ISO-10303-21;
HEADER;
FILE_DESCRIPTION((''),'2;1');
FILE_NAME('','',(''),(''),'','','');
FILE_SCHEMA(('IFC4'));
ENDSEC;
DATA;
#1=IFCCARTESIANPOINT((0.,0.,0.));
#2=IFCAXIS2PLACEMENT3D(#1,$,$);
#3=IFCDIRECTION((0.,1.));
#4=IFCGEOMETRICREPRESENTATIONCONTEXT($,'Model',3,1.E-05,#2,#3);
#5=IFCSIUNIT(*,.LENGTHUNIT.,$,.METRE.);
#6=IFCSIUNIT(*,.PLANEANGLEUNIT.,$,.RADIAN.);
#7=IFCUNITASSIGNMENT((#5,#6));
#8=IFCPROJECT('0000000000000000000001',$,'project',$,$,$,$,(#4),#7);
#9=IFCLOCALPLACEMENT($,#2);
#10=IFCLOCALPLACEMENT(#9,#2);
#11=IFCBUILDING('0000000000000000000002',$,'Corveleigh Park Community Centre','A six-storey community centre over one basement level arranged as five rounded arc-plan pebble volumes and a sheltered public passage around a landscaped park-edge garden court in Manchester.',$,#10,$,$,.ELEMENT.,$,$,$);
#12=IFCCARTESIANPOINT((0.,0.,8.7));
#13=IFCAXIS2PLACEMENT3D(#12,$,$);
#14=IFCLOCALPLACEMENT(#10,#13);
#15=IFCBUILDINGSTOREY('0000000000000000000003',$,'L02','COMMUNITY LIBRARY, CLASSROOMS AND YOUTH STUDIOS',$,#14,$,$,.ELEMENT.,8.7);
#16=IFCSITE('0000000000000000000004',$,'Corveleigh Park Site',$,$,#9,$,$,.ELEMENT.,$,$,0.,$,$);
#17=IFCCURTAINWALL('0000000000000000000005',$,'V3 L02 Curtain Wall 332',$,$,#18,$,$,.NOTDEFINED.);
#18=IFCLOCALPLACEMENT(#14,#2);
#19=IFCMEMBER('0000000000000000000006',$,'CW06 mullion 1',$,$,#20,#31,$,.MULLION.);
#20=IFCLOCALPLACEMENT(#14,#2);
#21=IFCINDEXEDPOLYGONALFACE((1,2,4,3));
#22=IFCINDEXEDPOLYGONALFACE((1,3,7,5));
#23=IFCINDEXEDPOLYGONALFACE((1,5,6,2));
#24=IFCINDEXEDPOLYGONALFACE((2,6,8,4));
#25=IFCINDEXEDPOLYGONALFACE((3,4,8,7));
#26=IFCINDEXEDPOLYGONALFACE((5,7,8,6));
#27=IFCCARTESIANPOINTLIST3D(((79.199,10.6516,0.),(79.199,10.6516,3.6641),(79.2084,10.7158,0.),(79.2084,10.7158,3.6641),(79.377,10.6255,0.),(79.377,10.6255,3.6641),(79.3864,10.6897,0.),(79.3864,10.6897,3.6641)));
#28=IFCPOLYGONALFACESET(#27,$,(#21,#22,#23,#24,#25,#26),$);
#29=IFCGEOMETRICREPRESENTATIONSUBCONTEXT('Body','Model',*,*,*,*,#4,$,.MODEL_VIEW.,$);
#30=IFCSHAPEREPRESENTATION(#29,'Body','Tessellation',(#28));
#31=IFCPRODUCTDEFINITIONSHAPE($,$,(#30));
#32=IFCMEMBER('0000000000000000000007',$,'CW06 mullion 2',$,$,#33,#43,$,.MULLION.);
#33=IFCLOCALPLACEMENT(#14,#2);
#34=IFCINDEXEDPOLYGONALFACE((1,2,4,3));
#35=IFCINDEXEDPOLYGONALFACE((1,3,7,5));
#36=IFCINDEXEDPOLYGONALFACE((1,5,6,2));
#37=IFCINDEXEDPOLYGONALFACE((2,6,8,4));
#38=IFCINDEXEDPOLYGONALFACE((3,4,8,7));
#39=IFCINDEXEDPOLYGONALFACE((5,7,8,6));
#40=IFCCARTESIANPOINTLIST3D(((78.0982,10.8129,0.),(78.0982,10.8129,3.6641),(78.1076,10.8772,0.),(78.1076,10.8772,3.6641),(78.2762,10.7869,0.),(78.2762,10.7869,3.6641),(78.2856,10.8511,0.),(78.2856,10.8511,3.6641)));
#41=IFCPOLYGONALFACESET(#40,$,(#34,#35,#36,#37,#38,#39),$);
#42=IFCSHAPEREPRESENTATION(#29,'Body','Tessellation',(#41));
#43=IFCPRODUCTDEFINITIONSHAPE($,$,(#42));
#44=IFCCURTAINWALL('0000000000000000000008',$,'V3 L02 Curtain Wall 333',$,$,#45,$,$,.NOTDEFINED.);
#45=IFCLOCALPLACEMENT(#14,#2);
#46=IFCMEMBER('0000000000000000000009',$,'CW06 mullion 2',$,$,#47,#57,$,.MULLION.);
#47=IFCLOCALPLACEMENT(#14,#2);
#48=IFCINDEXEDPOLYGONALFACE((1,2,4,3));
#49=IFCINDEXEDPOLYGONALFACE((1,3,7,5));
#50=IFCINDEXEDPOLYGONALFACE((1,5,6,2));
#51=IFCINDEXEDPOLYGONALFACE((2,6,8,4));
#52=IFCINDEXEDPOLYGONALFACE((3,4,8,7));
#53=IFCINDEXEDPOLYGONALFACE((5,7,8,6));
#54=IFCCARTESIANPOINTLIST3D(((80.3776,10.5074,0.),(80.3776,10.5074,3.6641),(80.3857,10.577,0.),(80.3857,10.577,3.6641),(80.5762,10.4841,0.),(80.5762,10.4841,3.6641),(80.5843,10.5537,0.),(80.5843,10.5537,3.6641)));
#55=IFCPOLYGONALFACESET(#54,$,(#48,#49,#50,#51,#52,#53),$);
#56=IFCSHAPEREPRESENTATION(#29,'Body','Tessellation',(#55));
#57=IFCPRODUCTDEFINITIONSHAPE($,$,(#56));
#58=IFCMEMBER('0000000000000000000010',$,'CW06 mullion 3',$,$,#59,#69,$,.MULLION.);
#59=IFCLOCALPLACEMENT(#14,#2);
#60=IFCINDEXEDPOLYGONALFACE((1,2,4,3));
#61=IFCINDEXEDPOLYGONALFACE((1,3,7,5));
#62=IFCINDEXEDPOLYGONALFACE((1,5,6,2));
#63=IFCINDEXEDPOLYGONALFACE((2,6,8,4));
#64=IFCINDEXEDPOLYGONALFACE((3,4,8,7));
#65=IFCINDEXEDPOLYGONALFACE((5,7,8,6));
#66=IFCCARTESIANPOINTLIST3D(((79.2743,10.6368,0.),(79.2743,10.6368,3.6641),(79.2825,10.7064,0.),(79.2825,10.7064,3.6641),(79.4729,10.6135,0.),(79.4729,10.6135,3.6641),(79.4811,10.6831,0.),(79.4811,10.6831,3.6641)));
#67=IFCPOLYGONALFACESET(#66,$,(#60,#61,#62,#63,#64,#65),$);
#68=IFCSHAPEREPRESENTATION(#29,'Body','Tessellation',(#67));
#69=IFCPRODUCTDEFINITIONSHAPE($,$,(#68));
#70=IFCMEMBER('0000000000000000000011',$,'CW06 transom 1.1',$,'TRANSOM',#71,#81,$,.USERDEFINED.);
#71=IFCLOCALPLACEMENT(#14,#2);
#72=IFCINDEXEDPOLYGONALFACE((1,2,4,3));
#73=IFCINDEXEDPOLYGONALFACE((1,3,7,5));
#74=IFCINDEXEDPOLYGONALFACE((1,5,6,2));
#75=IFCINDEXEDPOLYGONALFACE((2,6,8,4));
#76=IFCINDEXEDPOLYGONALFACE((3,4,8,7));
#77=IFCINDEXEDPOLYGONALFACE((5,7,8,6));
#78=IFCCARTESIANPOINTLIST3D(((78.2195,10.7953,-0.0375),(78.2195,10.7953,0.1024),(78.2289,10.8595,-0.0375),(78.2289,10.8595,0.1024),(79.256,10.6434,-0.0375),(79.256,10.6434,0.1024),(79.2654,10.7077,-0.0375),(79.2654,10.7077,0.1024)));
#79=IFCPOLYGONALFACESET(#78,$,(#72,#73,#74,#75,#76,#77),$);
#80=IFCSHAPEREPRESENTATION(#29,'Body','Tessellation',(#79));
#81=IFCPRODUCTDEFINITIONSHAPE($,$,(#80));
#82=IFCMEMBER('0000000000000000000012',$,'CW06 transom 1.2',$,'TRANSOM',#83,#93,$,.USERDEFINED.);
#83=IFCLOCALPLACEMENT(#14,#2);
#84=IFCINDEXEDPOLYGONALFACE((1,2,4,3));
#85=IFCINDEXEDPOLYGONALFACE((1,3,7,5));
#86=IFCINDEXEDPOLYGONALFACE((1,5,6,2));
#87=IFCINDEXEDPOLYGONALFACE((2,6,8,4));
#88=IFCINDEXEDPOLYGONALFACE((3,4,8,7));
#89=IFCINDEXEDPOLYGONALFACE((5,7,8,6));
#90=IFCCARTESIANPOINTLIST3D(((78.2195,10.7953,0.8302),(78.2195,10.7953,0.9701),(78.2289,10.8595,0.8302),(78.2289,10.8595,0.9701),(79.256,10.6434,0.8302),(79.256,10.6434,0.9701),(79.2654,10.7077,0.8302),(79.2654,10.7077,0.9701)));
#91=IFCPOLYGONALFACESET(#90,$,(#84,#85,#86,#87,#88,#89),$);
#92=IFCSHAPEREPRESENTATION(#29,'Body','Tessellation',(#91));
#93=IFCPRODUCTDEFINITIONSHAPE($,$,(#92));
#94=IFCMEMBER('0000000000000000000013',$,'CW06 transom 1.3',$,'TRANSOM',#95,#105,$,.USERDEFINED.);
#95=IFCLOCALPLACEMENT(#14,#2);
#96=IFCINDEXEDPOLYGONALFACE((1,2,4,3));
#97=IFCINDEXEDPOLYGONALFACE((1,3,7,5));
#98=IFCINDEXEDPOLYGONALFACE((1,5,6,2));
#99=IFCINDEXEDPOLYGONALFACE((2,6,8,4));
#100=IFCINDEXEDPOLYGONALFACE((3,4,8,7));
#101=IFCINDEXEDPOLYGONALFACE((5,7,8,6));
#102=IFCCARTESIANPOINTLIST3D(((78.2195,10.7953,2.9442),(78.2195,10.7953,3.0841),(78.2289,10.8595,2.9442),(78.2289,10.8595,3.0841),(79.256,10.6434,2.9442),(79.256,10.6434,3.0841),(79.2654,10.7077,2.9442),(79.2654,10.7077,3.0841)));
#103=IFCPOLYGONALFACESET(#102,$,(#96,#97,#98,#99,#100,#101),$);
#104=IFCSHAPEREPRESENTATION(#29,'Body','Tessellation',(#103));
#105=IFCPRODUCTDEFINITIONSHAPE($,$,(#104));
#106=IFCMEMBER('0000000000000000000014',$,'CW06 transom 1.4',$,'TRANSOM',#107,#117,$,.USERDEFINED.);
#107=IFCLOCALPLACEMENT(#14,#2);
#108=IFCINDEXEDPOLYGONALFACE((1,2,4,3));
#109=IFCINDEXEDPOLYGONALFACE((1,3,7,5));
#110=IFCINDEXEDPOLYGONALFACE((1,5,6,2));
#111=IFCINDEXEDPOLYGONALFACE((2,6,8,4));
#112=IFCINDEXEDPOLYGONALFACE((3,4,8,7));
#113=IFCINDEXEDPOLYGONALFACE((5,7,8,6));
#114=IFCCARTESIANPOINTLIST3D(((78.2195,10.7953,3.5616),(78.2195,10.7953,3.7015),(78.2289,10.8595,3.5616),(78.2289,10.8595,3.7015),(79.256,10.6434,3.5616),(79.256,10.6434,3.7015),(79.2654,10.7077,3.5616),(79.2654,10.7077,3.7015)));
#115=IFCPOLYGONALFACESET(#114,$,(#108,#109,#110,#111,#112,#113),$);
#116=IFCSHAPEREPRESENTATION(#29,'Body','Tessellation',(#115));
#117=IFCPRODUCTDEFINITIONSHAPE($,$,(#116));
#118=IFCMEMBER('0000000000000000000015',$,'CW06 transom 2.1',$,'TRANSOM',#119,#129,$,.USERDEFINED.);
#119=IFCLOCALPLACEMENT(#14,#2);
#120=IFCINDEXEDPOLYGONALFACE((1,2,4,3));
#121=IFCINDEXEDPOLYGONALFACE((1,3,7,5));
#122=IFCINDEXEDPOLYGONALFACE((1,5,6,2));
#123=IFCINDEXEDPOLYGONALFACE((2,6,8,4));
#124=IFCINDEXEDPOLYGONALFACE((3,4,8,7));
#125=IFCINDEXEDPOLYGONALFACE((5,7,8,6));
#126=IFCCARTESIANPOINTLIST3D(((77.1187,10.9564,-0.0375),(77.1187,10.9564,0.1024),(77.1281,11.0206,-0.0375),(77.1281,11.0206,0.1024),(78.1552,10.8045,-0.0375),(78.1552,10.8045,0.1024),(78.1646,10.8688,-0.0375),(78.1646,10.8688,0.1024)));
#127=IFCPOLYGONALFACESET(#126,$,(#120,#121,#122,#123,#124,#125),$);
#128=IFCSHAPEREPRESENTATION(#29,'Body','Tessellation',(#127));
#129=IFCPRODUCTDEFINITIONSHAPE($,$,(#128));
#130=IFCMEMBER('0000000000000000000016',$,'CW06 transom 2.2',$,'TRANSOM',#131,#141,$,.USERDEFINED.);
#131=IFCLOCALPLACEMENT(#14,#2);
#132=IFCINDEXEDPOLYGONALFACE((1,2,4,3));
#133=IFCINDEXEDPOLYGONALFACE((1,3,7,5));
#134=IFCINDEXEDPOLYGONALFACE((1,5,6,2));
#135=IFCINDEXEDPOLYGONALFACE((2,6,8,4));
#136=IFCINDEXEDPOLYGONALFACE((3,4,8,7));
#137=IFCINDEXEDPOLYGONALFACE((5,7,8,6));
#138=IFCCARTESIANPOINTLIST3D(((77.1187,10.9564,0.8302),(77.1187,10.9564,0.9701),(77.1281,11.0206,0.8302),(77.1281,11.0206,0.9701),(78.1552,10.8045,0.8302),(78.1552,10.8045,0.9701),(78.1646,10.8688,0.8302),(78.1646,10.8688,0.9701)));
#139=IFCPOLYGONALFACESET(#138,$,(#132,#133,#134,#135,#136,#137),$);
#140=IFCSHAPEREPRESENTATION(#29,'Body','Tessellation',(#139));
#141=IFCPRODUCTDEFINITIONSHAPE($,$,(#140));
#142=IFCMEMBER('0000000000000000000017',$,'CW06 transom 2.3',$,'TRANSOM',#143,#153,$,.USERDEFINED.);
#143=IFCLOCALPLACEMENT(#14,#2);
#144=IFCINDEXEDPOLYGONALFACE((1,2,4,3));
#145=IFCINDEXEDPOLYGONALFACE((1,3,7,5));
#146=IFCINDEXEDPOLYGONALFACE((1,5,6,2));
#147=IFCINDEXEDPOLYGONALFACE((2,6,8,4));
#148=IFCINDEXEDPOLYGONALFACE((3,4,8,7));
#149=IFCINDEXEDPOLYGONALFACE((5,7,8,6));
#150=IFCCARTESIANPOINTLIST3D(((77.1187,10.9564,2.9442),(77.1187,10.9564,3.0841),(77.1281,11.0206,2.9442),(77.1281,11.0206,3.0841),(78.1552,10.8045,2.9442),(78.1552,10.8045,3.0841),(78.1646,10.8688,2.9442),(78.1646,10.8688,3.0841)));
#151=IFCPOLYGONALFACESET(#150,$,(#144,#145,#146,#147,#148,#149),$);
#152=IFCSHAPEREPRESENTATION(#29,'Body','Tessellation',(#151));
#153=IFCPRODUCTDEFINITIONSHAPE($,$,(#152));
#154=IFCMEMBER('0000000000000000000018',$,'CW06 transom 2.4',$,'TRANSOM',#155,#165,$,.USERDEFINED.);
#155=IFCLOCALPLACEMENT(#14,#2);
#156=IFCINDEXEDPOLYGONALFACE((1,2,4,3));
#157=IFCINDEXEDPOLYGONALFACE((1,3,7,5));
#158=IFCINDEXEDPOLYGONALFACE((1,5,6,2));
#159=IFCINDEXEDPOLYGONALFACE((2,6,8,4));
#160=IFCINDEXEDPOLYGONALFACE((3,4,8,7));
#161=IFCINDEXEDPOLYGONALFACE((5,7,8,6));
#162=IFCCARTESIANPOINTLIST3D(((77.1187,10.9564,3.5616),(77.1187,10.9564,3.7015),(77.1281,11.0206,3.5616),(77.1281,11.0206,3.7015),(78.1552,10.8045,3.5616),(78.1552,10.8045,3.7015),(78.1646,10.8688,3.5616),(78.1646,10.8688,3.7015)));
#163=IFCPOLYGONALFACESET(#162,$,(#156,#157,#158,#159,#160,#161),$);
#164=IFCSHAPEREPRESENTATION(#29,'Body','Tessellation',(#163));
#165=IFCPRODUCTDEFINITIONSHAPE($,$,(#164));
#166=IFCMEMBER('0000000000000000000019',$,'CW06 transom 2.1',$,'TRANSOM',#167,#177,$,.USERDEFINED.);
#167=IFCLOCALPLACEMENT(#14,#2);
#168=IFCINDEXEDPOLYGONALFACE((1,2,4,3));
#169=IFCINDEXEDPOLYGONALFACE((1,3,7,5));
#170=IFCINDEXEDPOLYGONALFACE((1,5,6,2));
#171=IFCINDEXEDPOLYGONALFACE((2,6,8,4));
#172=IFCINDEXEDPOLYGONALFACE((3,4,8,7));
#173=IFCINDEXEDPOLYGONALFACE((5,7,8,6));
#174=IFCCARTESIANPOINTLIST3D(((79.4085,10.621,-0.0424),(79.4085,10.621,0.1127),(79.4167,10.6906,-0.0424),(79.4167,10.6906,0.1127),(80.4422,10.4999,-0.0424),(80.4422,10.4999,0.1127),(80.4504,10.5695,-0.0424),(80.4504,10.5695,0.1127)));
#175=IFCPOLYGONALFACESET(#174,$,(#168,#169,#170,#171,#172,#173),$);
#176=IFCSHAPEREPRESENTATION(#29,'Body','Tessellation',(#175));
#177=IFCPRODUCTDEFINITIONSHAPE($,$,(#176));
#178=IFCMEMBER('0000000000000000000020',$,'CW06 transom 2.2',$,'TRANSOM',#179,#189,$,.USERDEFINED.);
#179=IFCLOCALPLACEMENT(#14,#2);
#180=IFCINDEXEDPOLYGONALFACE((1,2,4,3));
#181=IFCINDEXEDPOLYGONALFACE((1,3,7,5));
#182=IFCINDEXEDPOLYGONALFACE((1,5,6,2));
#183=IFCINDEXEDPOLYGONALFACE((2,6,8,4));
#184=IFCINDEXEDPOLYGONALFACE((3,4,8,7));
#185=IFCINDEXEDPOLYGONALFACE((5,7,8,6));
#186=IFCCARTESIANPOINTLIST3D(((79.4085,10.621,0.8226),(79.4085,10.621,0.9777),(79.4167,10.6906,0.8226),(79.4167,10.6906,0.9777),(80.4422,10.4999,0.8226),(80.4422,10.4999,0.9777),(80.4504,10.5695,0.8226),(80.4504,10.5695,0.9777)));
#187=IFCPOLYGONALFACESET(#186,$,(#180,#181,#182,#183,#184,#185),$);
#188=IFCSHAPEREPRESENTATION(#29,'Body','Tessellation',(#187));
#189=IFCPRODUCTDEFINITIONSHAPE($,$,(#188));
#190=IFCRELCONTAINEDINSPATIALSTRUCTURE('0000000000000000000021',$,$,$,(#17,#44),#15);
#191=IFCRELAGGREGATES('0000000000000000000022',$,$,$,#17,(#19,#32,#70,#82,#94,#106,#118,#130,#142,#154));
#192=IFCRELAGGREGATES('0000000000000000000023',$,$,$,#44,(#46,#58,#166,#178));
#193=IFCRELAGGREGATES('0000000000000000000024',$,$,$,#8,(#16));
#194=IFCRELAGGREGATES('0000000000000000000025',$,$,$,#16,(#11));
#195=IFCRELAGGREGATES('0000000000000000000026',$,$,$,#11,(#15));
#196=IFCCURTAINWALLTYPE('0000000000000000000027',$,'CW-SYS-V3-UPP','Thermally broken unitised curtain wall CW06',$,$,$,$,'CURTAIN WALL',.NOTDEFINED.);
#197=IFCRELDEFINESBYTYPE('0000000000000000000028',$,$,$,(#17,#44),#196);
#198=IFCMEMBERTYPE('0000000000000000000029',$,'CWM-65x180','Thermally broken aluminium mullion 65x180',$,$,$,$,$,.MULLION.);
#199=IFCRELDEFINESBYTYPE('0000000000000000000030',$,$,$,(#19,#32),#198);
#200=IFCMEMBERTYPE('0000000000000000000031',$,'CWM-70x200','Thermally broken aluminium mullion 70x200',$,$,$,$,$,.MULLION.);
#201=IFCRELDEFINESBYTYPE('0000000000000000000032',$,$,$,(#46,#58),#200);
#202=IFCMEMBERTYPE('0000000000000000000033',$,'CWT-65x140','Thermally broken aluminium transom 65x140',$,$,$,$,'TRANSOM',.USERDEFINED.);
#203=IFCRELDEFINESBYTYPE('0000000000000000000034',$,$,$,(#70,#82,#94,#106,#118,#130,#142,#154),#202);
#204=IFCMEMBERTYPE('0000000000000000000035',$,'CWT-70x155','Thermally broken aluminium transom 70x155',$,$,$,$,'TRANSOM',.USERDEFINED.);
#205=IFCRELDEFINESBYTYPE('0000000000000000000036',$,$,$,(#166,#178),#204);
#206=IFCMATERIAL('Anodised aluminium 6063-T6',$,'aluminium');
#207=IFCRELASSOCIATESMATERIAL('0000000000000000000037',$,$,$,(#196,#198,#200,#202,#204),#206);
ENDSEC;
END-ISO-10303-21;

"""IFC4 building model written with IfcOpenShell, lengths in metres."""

from ifc_helpers import new_model, si_unit, direction, frame, origin, origin_2d, place, context, subcontext, project, spatial, rectangle, extrude, material, material_profile, profile_set, type_object, element, aggregate, save


model = new_model("IFC4")

# Units and contexts
model_context = context("Model", 3, precision=1e-05, world=origin(), true_north=direction((0.0, 1.0)))
body_context = subcontext(model_context, "Body", "Model", "MODEL_VIEW")
ifc_project = project(units=[si_unit("LENGTHUNIT", "METRE"), si_unit("PLANEANGLEUNIT", "RADIAN")], contexts=[model_context])

# Site, building, storey
site_placement = place(None, origin())
site = spatial("IfcSite", under=ifc_project, at=site_placement, Name="Corveleigh Park Site", CompositionType="ELEMENT", RefElevation=0.0)
building_placement = place(site_placement, origin())
building = spatial("IfcBuilding", under=site, at=building_placement, Name="Corveleigh Park Community Centre", Description="A six-storey community centre over one basement level arranged as five rounded arc-plan pebble volumes and a sheltered public passage around a landscaped park-edge garden court in Manchester.", CompositionType="ELEMENT")
storey_placement = place(building_placement, frame((0.0, 0.0, 8.7)))
storey = spatial("IfcBuildingStorey", under=building, at=storey_placement, Name="L02", Description="COMMUNITY LIBRARY, CLASSROOMS AND YOUTH STUDIOS", CompositionType="ELEMENT", Elevation=8.7)

# Curtain walls, members
ifc_material_1 = material(Name="Anodised aluminium 6063-T6", Category="aluminium")
curtain_wall_type = type_object("IfcCurtainWallType", Name="CW-SYS-V3-UPP", Description="Thermally broken unitised curtain wall CW06", ElementType="CURTAIN WALL", PredefinedType="NOTDEFINED", material=ifc_material_1)
curtain_wall_1_placement = place(storey_placement, origin())
curtain_wall_1 = element("IfcCurtainWall", 1, at=curtain_wall_1_placement, inside=storey, type_object=curtain_wall_type, Name="V3 L02 Curtain Wall 332", PredefinedType="NOTDEFINED")
ifc_material_profile_1 = material_profile(ifc_material_1, rectangle(XDim=0.0649, YDim=0.1799, at=origin_2d()), Name="ALU-M65x180", Category="aluminium")
ifc_profile_set_1 = profile_set([ifc_material_profile_1], Name="Anodised aluminium 6063-T6")
member_type_1 = type_object("IfcMemberType", Name="CWM-65x180", Description="Thermally broken aluminium mullion 65x180", PredefinedType="MULLION", material=ifc_profile_set_1)
member_1_placement = place(storey_placement, frame((79.2927, 10.6707, 0.0), z_axis=(0.0, 0.0, 1.0), x_axis=(-0.144966, -0.989437, 0.0)))
member_1 = element("IfcMember", 2, at=member_1_placement, type_object=member_type_1, Name="CW06 mullion 1", PredefinedType="MULLION", context=body_context, shape_type="SweptSolid", body=[
    extrude(rectangle(XDim=0.0649, YDim=0.1799, at=origin_2d()), origin(), (0.0, 0.0, 1.0), 3.6641),
])
member_2_placement = place(storey_placement, frame((78.1919, 10.832, 0.0), z_axis=(0.0, 0.0, 1.0), x_axis=(-0.144966, -0.989437, 0.0)))
member_2 = element("IfcMember", 3, at=member_2_placement, type_object=member_type_1, Name="CW06 mullion 2", PredefinedType="MULLION", context=body_context, shape_type="SweptSolid", body=[
    extrude(rectangle(XDim=0.0649, YDim=0.1799, at=origin_2d()), origin(), (0.0, 0.0, 1.0), 3.6641),
])
curtain_wall_2_placement = place(storey_placement, origin())
curtain_wall_2 = element("IfcCurtainWall", 4, at=curtain_wall_2_placement, inside=storey, type_object=curtain_wall_type, Name="V3 L02 Curtain Wall 333", PredefinedType="NOTDEFINED")
ifc_material_profile_2 = material_profile(ifc_material_1, rectangle(XDim=0.0701, YDim=0.2, at=origin_2d()), Name="ALU-M70x200", Category="aluminium")
ifc_profile_set_2 = profile_set([ifc_material_profile_2], Name="Anodised aluminium 6063-T6")
member_type_2 = type_object("IfcMemberType", Name="CWM-70x200", Description="Thermally broken aluminium mullion 70x200", PredefinedType="MULLION", material=ifc_profile_set_2)
member_3_placement = place(storey_placement, frame((80.481, 10.5305, 0.0), z_axis=(0.0, 0.0, 1.0), x_axis=(-0.116512, -0.993189, 0.0)))
member_3 = element("IfcMember", 5, at=member_3_placement, type_object=member_type_2, Name="CW06 mullion 2", PredefinedType="MULLION", context=body_context, shape_type="SweptSolid", body=[
    extrude(rectangle(XDim=0.0701, YDim=0.2, at=origin_2d()), origin(), (0.0, 0.0, 1.0), 3.6641),
])
member_4_placement = place(storey_placement, frame((79.3777, 10.6599, 0.0), z_axis=(0.0, 0.0, 1.0), x_axis=(-0.116512, -0.993189, 0.0)))
member_4 = element("IfcMember", 6, at=member_4_placement, type_object=member_type_2, Name="CW06 mullion 3", PredefinedType="MULLION", context=body_context, shape_type="SweptSolid", body=[
    extrude(rectangle(XDim=0.0701, YDim=0.2, at=origin_2d()), origin(), (0.0, 0.0, 1.0), 3.6641),
])

# Members
ifc_material_profile_3 = material_profile(ifc_material_1, rectangle(XDim=0.0649, YDim=0.1399, at=origin_2d()), Name="ALU-T65x140", Category="aluminium")
ifc_profile_set_3 = profile_set([ifc_material_profile_3], Name="Anodised aluminium 6063-T6")
member_type_3 = type_object("IfcMemberType", Name="CWT-65x140", Description="Thermally broken aluminium transom 65x140", ElementType="TRANSOM", PredefinedType="USERDEFINED", material=ifc_profile_set_3)
member_5_placement = place(storey_placement, frame((79.2607, 10.6755, 0.0325), z_axis=(-0.98944, 0.144944, 0.0), x_axis=(-0.144944, -0.98944, 0.0)))
member_5 = element("IfcMember", 7, at=member_5_placement, type_object=member_type_3, Name="CW06 transom 1.1", ObjectType="TRANSOM", PredefinedType="USERDEFINED", context=body_context, shape_type="SweptSolid", body=[
    extrude(rectangle(XDim=0.0649, YDim=0.1399, at=origin_2d()), origin(), (0.0, 0.0, 1.0), 1.0476),
])
member_6_placement = place(storey_placement, frame((79.2607, 10.6755, 0.9001), z_axis=(-0.98944, 0.144944, 0.0), x_axis=(-0.144944, -0.98944, 0.0)))
member_6 = element("IfcMember", 8, at=member_6_placement, type_object=member_type_3, Name="CW06 transom 1.2", ObjectType="TRANSOM", PredefinedType="USERDEFINED", context=body_context, shape_type="SweptSolid", body=[
    extrude(rectangle(XDim=0.0649, YDim=0.1399, at=origin_2d()), origin(), (0.0, 0.0, 1.0), 1.0476),
])
member_7_placement = place(storey_placement, frame((79.2607, 10.6755, 3.0142), z_axis=(-0.98944, 0.144944, 0.0), x_axis=(-0.144944, -0.98944, 0.0)))
member_7 = element("IfcMember", 9, at=member_7_placement, type_object=member_type_3, Name="CW06 transom 1.3", ObjectType="TRANSOM", PredefinedType="USERDEFINED", context=body_context, shape_type="SweptSolid", body=[
    extrude(rectangle(XDim=0.0649, YDim=0.1399, at=origin_2d()), origin(), (0.0, 0.0, 1.0), 1.0476),
])
member_8_placement = place(storey_placement, frame((79.2607, 10.6755, 3.6316), z_axis=(-0.98944, 0.144944, 0.0), x_axis=(-0.144944, -0.98944, 0.0)))
member_8 = element("IfcMember", 10, at=member_8_placement, type_object=member_type_3, Name="CW06 transom 1.4", ObjectType="TRANSOM", PredefinedType="USERDEFINED", context=body_context, shape_type="SweptSolid", body=[
    extrude(rectangle(XDim=0.0649, YDim=0.1399, at=origin_2d()), origin(), (0.0, 0.0, 1.0), 1.0476),
])
member_9_placement = place(storey_placement, frame((78.1599, 10.8367, 0.0325), z_axis=(-0.98944, 0.144944, 0.0), x_axis=(-0.144944, -0.98944, 0.0)))
member_9 = element("IfcMember", 11, at=member_9_placement, type_object=member_type_3, Name="CW06 transom 2.1", ObjectType="TRANSOM", PredefinedType="USERDEFINED", context=body_context, shape_type="SweptSolid", body=[
    extrude(rectangle(XDim=0.0649, YDim=0.1399, at=origin_2d()), origin(), (0.0, 0.0, 1.0), 1.0476),
])
member_10_placement = place(storey_placement, frame((78.1599, 10.8367, 0.9001), z_axis=(-0.98944, 0.144944, 0.0), x_axis=(-0.144944, -0.98944, 0.0)))
member_10 = element("IfcMember", 12, at=member_10_placement, type_object=member_type_3, Name="CW06 transom 2.2", ObjectType="TRANSOM", PredefinedType="USERDEFINED", context=body_context, shape_type="SweptSolid", body=[
    extrude(rectangle(XDim=0.0649, YDim=0.1399, at=origin_2d()), origin(), (0.0, 0.0, 1.0), 1.0476),
])
member_11_placement = place(storey_placement, frame((78.1599, 10.8367, 3.0142), z_axis=(-0.98944, 0.144944, 0.0), x_axis=(-0.144944, -0.98944, 0.0)))
member_11 = element("IfcMember", 13, at=member_11_placement, type_object=member_type_3, Name="CW06 transom 2.3", ObjectType="TRANSOM", PredefinedType="USERDEFINED", context=body_context, shape_type="SweptSolid", body=[
    extrude(rectangle(XDim=0.0649, YDim=0.1399, at=origin_2d()), origin(), (0.0, 0.0, 1.0), 1.0476),
])
member_12_placement = place(storey_placement, frame((78.1599, 10.8367, 3.6316), z_axis=(-0.98944, 0.144944, 0.0), x_axis=(-0.144944, -0.98944, 0.0)))
member_12 = element("IfcMember", 14, at=member_12_placement, type_object=member_type_3, Name="CW06 transom 2.4", ObjectType="TRANSOM", PredefinedType="USERDEFINED", context=body_context, shape_type="SweptSolid", body=[
    extrude(rectangle(XDim=0.0649, YDim=0.1399, at=origin_2d()), origin(), (0.0, 0.0, 1.0), 1.0476),
])
ifc_material_profile_4 = material_profile(ifc_material_1, rectangle(XDim=0.0701, YDim=0.155, at=origin_2d()), Name="ALU-T70x155", Category="aluminium")
ifc_profile_set_4 = profile_set([ifc_material_profile_4], Name="Anodised aluminium 6063-T6")
member_type_4 = type_object("IfcMemberType", Name="CWT-70x155", Description="Thermally broken aluminium transom 70x155", ElementType="TRANSOM", PredefinedType="USERDEFINED", material=ifc_profile_set_4)
member_13_placement = place(storey_placement, frame((80.4463, 10.5347, 0.0352), z_axis=(-0.993208, 0.116351, 0.0), x_axis=(-0.116351, -0.993208, 0.0)))
member_13 = element("IfcMember", 15, at=member_13_placement, type_object=member_type_4, Name="CW06 transom 2.1", ObjectType="TRANSOM", PredefinedType="USERDEFINED", context=body_context, shape_type="SweptSolid", body=[
    extrude(rectangle(XDim=0.0701, YDim=0.155, at=origin_2d()), origin(), (0.0, 0.0, 1.0), 1.0408),
])
member_14_placement = place(storey_placement, frame((80.4463, 10.5347, 0.9001), z_axis=(-0.993208, 0.116351, 0.0), x_axis=(-0.116351, -0.993208, 0.0)))
member_14 = element("IfcMember", 16, at=member_14_placement, type_object=member_type_4, Name="CW06 transom 2.2", ObjectType="TRANSOM", PredefinedType="USERDEFINED", context=body_context, shape_type="SweptSolid", body=[
    extrude(rectangle(XDim=0.0701, YDim=0.155, at=origin_2d()), origin(), (0.0, 0.0, 1.0), 1.0408),
])

aggregate(curtain_wall_1, [member_1, member_2, member_5, member_6, member_7, member_8, member_9, member_10, member_11, member_12])
aggregate(curtain_wall_2, [member_3, member_4, member_13, member_14])

save(model, "model.ifc")
